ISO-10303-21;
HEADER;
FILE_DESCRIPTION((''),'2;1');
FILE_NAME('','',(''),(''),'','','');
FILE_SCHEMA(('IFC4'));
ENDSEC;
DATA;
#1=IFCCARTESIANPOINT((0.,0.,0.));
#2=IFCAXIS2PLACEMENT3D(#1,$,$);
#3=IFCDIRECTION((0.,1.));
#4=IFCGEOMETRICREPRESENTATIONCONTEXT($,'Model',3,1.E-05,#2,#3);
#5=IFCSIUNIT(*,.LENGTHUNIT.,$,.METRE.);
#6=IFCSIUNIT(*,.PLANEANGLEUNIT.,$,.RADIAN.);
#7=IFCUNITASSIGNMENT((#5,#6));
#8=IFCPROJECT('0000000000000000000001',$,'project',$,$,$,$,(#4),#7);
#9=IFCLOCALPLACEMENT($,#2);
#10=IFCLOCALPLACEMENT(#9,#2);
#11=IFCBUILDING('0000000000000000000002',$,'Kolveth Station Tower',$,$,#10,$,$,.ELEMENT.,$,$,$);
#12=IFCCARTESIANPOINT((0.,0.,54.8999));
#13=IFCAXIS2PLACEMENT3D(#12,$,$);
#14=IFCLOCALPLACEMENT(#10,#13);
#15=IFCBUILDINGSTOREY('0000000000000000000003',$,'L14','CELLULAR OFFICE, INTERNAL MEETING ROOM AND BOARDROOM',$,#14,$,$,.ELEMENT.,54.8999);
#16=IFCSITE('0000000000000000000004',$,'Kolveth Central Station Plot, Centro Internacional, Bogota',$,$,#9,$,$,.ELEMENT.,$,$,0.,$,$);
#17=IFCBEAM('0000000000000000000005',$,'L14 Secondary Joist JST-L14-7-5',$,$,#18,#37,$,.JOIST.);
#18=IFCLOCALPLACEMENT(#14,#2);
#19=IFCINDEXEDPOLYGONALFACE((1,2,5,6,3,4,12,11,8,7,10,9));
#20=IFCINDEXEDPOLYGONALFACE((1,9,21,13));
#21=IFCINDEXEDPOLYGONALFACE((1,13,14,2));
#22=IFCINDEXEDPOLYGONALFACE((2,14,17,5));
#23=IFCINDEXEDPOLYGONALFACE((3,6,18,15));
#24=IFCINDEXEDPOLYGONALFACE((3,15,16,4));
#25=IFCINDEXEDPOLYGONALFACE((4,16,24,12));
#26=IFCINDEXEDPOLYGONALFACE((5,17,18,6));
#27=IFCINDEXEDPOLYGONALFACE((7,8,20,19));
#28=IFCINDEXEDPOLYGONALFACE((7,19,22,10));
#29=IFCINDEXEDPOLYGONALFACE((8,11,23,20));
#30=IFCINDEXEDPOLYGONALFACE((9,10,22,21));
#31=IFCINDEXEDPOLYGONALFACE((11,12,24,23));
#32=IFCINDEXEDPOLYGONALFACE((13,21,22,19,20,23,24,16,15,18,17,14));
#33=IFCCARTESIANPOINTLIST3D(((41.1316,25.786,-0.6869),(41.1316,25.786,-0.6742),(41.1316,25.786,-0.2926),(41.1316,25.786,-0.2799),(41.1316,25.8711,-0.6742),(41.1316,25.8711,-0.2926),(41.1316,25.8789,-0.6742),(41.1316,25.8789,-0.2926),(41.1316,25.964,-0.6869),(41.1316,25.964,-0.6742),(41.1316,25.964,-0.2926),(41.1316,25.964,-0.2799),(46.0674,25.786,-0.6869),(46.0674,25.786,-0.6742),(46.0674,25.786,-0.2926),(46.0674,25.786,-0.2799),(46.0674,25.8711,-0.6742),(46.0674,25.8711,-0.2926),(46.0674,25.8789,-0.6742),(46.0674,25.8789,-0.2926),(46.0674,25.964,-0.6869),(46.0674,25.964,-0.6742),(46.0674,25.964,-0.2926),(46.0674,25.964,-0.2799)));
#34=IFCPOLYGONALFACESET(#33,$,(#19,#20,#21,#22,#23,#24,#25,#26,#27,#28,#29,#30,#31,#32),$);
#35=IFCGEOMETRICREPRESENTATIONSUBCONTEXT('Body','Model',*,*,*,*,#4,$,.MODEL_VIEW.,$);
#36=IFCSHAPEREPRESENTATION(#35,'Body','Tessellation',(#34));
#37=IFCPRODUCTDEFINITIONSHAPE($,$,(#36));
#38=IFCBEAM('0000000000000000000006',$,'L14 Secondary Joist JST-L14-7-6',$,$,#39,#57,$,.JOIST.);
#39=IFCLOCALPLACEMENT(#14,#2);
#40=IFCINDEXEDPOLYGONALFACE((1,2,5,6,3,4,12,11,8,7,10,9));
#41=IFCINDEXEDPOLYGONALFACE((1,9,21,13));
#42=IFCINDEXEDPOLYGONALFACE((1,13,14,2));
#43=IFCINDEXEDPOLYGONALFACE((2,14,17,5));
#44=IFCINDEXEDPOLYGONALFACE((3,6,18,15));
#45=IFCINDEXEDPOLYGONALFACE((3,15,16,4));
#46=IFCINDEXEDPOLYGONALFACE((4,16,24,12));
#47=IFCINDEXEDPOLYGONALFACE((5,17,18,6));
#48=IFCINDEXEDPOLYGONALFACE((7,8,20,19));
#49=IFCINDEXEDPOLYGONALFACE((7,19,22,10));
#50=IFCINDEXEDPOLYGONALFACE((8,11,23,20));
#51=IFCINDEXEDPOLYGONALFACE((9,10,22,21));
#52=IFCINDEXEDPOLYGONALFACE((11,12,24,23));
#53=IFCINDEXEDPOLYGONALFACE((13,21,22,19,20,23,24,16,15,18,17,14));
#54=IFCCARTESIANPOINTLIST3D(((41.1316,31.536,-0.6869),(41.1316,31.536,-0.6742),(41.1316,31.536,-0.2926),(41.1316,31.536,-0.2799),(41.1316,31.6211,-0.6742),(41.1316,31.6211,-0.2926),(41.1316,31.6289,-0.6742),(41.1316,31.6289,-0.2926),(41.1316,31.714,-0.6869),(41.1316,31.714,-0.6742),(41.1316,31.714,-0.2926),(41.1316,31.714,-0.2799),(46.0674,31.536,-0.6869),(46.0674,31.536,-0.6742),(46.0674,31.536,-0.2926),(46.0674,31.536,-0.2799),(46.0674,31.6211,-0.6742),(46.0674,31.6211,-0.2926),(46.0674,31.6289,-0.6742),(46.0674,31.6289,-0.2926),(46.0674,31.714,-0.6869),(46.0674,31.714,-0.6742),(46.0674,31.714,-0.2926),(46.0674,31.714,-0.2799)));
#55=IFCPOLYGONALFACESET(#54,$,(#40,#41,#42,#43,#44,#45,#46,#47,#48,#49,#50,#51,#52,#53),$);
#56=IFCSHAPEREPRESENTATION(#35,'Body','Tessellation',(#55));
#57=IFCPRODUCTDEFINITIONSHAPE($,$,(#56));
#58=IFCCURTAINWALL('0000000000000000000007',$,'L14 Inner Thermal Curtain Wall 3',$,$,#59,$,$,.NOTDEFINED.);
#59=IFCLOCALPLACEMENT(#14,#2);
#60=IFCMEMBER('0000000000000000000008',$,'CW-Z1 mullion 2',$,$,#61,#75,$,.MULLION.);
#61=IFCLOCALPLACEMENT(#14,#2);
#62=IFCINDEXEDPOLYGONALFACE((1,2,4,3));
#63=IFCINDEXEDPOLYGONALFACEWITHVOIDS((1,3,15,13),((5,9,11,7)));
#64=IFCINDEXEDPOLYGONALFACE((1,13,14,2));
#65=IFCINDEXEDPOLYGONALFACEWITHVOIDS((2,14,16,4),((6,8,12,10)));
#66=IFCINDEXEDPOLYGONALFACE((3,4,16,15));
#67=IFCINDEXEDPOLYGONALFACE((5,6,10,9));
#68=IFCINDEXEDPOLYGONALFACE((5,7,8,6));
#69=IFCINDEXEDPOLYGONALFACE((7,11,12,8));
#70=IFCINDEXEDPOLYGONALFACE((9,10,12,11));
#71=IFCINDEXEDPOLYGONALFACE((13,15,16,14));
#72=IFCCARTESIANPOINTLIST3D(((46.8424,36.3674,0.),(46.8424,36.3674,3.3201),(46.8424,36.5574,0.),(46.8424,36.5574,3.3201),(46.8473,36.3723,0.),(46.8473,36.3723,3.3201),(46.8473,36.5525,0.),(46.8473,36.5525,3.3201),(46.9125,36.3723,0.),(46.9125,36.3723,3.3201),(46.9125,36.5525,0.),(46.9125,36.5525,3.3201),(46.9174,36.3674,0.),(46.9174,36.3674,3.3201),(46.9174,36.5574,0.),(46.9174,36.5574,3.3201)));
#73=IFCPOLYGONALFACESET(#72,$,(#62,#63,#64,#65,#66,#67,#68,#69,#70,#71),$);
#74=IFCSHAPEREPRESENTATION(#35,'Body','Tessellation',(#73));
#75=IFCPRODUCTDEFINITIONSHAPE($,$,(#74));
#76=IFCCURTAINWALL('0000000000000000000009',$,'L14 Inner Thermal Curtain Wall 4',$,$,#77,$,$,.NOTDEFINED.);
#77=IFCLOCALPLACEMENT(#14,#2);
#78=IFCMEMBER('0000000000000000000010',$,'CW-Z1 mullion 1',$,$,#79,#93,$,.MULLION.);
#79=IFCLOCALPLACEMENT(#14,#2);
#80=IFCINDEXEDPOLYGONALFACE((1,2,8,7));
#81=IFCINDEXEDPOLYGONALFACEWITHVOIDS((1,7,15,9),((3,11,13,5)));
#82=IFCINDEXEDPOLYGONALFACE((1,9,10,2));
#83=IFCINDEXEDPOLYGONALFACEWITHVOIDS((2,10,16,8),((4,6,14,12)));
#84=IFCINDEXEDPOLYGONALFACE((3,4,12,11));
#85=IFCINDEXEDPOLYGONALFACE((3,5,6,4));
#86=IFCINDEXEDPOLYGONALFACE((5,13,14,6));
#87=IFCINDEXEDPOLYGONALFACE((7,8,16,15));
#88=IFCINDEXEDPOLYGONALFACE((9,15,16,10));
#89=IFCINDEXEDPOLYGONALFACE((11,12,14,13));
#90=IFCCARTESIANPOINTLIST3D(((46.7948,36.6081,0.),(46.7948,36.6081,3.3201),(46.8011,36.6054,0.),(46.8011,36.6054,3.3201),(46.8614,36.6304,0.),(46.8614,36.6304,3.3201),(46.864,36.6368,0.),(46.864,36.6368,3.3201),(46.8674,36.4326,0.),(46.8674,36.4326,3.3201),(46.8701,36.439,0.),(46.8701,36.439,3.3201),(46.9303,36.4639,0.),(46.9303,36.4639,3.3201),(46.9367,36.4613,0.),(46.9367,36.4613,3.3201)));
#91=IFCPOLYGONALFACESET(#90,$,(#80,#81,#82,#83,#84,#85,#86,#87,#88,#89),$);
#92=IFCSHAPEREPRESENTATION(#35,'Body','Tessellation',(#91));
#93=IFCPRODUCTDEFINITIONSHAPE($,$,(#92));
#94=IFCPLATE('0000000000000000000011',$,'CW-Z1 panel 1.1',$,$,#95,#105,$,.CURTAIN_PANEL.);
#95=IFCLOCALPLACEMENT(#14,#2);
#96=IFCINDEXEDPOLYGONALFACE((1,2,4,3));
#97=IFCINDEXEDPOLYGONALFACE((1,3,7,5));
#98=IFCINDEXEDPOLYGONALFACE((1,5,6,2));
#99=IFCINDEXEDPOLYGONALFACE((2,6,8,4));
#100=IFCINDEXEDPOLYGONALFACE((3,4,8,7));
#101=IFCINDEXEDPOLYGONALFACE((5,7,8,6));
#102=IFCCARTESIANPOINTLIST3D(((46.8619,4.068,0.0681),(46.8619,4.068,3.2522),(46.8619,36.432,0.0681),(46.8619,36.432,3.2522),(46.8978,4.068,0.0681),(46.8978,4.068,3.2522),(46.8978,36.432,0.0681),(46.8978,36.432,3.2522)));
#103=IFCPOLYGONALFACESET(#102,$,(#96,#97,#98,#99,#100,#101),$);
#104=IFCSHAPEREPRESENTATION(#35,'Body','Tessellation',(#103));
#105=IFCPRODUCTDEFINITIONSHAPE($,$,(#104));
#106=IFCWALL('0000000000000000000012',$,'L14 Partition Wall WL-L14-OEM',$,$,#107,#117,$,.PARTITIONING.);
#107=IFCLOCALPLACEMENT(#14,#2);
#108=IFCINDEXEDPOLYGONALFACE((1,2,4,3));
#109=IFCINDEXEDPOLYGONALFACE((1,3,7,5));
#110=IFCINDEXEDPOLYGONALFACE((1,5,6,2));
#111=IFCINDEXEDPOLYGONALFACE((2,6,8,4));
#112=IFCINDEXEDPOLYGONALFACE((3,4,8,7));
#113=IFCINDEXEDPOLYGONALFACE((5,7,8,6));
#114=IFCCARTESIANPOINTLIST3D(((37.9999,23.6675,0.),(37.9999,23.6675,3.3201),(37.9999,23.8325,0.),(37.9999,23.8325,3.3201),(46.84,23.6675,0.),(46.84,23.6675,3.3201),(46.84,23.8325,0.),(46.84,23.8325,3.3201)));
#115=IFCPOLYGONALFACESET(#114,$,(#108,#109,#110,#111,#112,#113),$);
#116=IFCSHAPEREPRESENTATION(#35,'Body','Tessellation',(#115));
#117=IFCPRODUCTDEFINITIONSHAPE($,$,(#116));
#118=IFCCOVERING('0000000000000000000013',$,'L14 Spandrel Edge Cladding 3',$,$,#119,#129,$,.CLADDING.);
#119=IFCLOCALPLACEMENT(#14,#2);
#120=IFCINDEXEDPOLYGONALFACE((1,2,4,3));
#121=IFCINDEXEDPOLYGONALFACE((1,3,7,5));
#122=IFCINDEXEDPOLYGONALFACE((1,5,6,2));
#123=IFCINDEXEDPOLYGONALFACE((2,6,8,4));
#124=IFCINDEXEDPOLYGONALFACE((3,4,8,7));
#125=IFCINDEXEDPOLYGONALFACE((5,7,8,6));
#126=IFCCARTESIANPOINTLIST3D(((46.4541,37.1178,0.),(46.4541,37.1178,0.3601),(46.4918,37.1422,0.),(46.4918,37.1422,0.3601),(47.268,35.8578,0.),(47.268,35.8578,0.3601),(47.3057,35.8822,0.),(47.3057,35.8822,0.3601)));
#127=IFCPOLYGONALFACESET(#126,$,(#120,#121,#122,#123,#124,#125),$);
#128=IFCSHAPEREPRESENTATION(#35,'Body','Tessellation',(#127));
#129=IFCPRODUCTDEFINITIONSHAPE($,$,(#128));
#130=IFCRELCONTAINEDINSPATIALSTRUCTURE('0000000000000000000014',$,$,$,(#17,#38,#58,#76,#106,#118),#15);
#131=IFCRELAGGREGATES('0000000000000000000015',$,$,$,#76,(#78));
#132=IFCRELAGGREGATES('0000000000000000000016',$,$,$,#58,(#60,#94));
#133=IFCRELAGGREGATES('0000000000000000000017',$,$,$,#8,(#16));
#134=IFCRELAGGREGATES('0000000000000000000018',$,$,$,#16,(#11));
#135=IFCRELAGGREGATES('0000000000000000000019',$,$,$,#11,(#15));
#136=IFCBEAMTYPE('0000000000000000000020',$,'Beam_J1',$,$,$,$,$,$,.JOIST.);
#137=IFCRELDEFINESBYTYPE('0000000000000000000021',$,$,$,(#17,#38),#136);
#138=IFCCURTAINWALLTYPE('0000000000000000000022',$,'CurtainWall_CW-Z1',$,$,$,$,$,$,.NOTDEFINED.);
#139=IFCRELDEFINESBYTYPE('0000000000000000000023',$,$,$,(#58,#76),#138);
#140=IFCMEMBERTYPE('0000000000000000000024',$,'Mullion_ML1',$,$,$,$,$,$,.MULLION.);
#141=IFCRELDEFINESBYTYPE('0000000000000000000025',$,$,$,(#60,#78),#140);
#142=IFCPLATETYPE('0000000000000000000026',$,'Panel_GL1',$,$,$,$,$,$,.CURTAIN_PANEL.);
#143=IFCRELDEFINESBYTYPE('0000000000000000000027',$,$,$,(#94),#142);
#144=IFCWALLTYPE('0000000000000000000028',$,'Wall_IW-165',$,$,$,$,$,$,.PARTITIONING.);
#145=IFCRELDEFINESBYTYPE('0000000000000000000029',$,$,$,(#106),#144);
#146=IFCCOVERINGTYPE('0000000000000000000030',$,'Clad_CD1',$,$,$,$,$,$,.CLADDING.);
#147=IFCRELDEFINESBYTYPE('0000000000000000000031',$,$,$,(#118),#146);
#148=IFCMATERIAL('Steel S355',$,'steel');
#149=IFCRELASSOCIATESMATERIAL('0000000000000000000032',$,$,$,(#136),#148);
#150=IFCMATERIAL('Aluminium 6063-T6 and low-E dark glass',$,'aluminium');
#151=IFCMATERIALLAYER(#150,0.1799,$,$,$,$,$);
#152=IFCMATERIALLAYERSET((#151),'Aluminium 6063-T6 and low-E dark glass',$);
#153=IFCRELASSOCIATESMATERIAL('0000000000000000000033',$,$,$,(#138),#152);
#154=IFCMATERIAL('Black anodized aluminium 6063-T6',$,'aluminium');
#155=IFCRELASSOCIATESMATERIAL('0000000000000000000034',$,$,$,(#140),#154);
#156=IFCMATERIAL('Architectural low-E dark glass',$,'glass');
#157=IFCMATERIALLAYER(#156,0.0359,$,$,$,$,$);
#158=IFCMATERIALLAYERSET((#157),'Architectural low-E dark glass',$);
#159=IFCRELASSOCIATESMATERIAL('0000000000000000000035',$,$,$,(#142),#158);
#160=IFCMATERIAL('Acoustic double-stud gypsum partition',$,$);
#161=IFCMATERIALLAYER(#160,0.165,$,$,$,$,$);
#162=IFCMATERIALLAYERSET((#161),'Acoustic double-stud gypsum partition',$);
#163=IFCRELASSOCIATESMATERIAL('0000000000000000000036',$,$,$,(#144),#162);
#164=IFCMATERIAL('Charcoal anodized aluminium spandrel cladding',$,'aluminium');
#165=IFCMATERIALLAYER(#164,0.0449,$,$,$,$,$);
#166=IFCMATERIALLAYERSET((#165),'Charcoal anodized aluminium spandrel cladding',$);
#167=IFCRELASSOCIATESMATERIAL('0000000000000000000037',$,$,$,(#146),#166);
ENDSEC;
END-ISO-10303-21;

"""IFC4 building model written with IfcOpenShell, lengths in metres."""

from ifc_helpers import new_model, si_unit, direction, frame, frame_2d, origin, origin_2d, place, context, subcontext, project, spatial, rectangle, hollow_rectangle, i_section, extrude, source, transform, mapped, material, layer, layer_set, material_profile, profile_set, type_object, element, aggregate, save


model = new_model("IFC4")

# Units and contexts
model_context = context("Model", 3, precision=1e-05, world=origin(), true_north=direction((0.0, 1.0)))
body_context = subcontext(model_context, "Body", "Model", "MODEL_VIEW")
ifc_project = project(units=[si_unit("LENGTHUNIT", "METRE"), si_unit("PLANEANGLEUNIT", "RADIAN")], contexts=[model_context])

# Site, building, storey
site_placement = place(None, origin())
site = spatial("IfcSite", under=ifc_project, at=site_placement, Name="Kolveth Central Station Plot, Centro Internacional, Bogota", CompositionType="ELEMENT", RefElevation=0.0)
building_placement = place(site_placement, origin())
building = spatial("IfcBuilding", under=site, at=building_placement, Name="Kolveth Station Tower", CompositionType="ELEMENT")
storey_placement = place(building_placement, frame((0.0, 0.0, 54.8999)))
storey = spatial("IfcBuildingStorey", under=building, at=storey_placement, Name="L14", Description="CELLULAR OFFICE, INTERNAL MEETING ROOM AND BOARDROOM", CompositionType="ELEMENT", Elevation=54.8999)

# Shared definitions
ifc_material_1 = material(Name="Steel S355", Category="steel")

# Beams
ifc_material_profile_1 = material_profile(ifc_material_1, i_section(OverallWidth=0.178, OverallDepth=0.407, WebThickness=0.0078, FlangeThickness=0.0127, at=origin_2d()), Name="W410x60")
ifc_profile_set_1 = profile_set([ifc_material_profile_1], Name="Steel S355")
beam_type_1 = type_object("IfcBeamType", Name="Beam_J1", PredefinedType="JOIST", material=ifc_profile_set_1)
shared_shape_1 = source(origin(), body_context, "Body", "SweptSolid", [
    extrude(i_section(OverallWidth=0.178, OverallDepth=0.407, WebThickness=0.0078, FlangeThickness=0.0127, at=origin_2d()), origin(), (0.0, 0.0, 1.0), 4.9358),
])
for number, where, z_axis, x_axis, name in (
    (1, (41.1316, 25.875, -0.4834), (1.0, 0.0, 0.0), (0.0, 1.0, 0.0), "L14 Secondary Joist JST-L14-7-5"),
    (2, (41.1316, 31.625, -0.4834), (1.0, 0.0, 0.0), (0.0, 1.0, 0.0), "L14 Secondary Joist JST-L14-7-6"),
):
    element("IfcBeam", number, at=place(storey_placement, frame(where, z_axis=z_axis, x_axis=x_axis)), inside=storey, type_object=beam_type_1, Name=name, PredefinedType="JOIST", context=body_context, shape_type="MappedRepresentation", body=[
        mapped(shared_shape_1, transform((0.0, 0.0, 0.0), x_axis=(1.0, 0.0, 0.0), y_axis=(0.0, 1.0, 0.0), z_axis=(0.0, 0.0, 1.0), scale=1.0)),
    ])

# Curtain walls, members
ifc_material_2 = material(Name="Aluminium 6063-T6 and low-E dark glass", Category="aluminium")
ifc_layer_1 = layer(ifc_material_2, 0.1799)
ifc_layer_set_1 = layer_set([ifc_layer_1], Name="Aluminium 6063-T6 and low-E dark glass")
curtain_wall_type = type_object("IfcCurtainWallType", Name="CurtainWall_CW-Z1", PredefinedType="NOTDEFINED", material=ifc_layer_set_1)
curtain_wall_1_placement = place(storey_placement, origin())
curtain_wall_1 = element("IfcCurtainWall", 3, at=curtain_wall_1_placement, inside=storey, type_object=curtain_wall_type, Name="L14 Inner Thermal Curtain Wall 3", PredefinedType="NOTDEFINED")
ifc_material_3 = material(Name="Black anodized aluminium 6063-T6", Category="aluminium")
ifc_material_profile_2 = material_profile(ifc_material_3, hollow_rectangle(XDim=0.075, YDim=0.1899, WallThickness=0.0049, at=origin_2d()), Name="ALU-75x190x5")
ifc_profile_set_2 = profile_set([ifc_material_profile_2], Name="Black anodized aluminium 6063-T6")
member_type = type_object("IfcMemberType", Name="Mullion_ML1", PredefinedType="MULLION", material=ifc_profile_set_2)
shared_shape_2 = source(origin(), body_context, "Body", "SweptSolid", [
    extrude(hollow_rectangle(XDim=0.075, YDim=0.1899, WallThickness=0.0049, at=origin_2d()), origin(), (0.0, 0.0, 1.0), 3.3201),
])
member_1_placement = place(storey_placement, frame((46.8799, 36.4624, 0.0), z_axis=(0.0, 0.0, 1.0), x_axis=(-1.0, 0.0, 0.0)))
member_1 = element("IfcMember", 4, at=member_1_placement, type_object=member_type, Name="CW-Z1 mullion 2", PredefinedType="MULLION", context=body_context, shape_type="MappedRepresentation", body=[
    mapped(shared_shape_2, transform((0.0, 0.0, 0.0), x_axis=(1.0, 0.0, 0.0), y_axis=(0.0, 1.0, 0.0), z_axis=(0.0, 0.0, 1.0), scale=1.0)),
])
curtain_wall_2_placement = place(storey_placement, origin())
curtain_wall_2 = element("IfcCurtainWall", 5, at=curtain_wall_2_placement, inside=storey, type_object=curtain_wall_type, Name="L14 Inner Thermal Curtain Wall 4", PredefinedType="NOTDEFINED")
member_2_placement = place(storey_placement, frame((46.8657, 36.5347, 0.0), z_axis=(0.0, 0.0, 1.0), x_axis=(-0.923884, -0.382673, 0.0)))
member_2 = element("IfcMember", 6, at=member_2_placement, type_object=member_type, Name="CW-Z1 mullion 1", PredefinedType="MULLION", context=body_context, shape_type="MappedRepresentation", body=[
    mapped(shared_shape_2, transform((0.0, 0.0, 0.0), x_axis=(1.0, 0.0, 0.0), y_axis=(0.0, 1.0, 0.0), z_axis=(0.0, 0.0, 1.0), scale=1.0)),
])
aggregate(curtain_wall_2, [member_2])

# Plate
ifc_material_4 = material(Name="Architectural low-E dark glass", Category="glass")
ifc_layer_2 = layer(ifc_material_4, 0.0359)
ifc_layer_set_2 = layer_set([ifc_layer_2], Name="Architectural low-E dark glass")
plate_type = type_object("IfcPlateType", Name="Panel_GL1", PredefinedType="CURTAIN_PANEL", material=ifc_layer_set_2)
shared_shape_3 = source(origin(), body_context, "Body", "SweptSolid", [
    extrude(rectangle(XDim=32.364, YDim=0.0359, at=origin_2d()), origin(), (0.0, 0.0, 1.0), 3.1841),
])
plate_placement = place(storey_placement, frame((46.8799, 20.25, 0.0681), z_axis=(0.0, 0.0, 1.0), x_axis=(0.0, 1.0, 0.0)))
plate = element("IfcPlate", 7, at=plate_placement, type_object=plate_type, Name="CW-Z1 panel 1.1", PredefinedType="CURTAIN_PANEL", context=body_context, shape_type="MappedRepresentation", body=[
    mapped(shared_shape_3, transform((0.0, 0.0, 0.0), x_axis=(1.0, 0.0, 0.0), y_axis=(0.0, 1.0, 0.0), z_axis=(0.0, 0.0, 1.0), scale=1.0)),
])
aggregate(curtain_wall_1, [member_1, plate])

# Wall
ifc_material_5 = material(Name="Acoustic double-stud gypsum partition")
ifc_layer_3 = layer(ifc_material_5, 0.165)
ifc_layer_set_3 = layer_set([ifc_layer_3], Name="Acoustic double-stud gypsum partition")
wall_type = type_object("IfcWallType", Name="Wall_IW-165", PredefinedType="PARTITIONING", material=ifc_layer_set_3)
wall_placement = place(storey_placement, frame((38.0, 23.75, 0.0), z_axis=(0.0, 0.0, 1.0), x_axis=(1.0, 0.0, 0.0)))
element("IfcWall", 8, at=wall_placement, inside=storey, type_object=wall_type, Name="L14 Partition Wall WL-L14-OEM", PredefinedType="PARTITIONING", context=body_context, shape_type="SweptSolid", body=[
    extrude(rectangle(XDim=8.8401, YDim=0.165, at=frame_2d((4.4199, 0.0))), origin(), (0.0, 0.0, 1.0), 3.3201),
])

# Covering
ifc_material_6 = material(Name="Charcoal anodized aluminium spandrel cladding", Category="aluminium")
ifc_layer_4 = layer(ifc_material_6, 0.0449)
ifc_layer_set_4 = layer_set([ifc_layer_4], Name="Charcoal anodized aluminium spandrel cladding")
covering_type = type_object("IfcCoveringType", Name="Clad_CD1", PredefinedType="CLADDING", material=ifc_layer_set_4)
shared_shape_4 = source(origin(), body_context, "Body", "SweptSolid", [
    extrude(rectangle(XDim=1.5, YDim=0.0449, at=origin_2d()), origin(), (0.0, 0.0, 1.0), 0.3601),
])
covering_placement = place(storey_placement, frame((46.8799, 36.5, 0.0), z_axis=(0.0, 0.0, 1.0), x_axis=(-0.542588, 0.839999, 0.0)))
element("IfcCovering", 9, at=covering_placement, inside=storey, type_object=covering_type, Name="L14 Spandrel Edge Cladding 3", PredefinedType="CLADDING", context=body_context, shape_type="MappedRepresentation", body=[
    mapped(shared_shape_4, transform((0.0, 0.0, 0.0), x_axis=(1.0, 0.0, 0.0), y_axis=(0.0, 1.0, 0.0), z_axis=(0.0, 0.0, 1.0), scale=1.0)),
])

save(model, "model.ifc")
